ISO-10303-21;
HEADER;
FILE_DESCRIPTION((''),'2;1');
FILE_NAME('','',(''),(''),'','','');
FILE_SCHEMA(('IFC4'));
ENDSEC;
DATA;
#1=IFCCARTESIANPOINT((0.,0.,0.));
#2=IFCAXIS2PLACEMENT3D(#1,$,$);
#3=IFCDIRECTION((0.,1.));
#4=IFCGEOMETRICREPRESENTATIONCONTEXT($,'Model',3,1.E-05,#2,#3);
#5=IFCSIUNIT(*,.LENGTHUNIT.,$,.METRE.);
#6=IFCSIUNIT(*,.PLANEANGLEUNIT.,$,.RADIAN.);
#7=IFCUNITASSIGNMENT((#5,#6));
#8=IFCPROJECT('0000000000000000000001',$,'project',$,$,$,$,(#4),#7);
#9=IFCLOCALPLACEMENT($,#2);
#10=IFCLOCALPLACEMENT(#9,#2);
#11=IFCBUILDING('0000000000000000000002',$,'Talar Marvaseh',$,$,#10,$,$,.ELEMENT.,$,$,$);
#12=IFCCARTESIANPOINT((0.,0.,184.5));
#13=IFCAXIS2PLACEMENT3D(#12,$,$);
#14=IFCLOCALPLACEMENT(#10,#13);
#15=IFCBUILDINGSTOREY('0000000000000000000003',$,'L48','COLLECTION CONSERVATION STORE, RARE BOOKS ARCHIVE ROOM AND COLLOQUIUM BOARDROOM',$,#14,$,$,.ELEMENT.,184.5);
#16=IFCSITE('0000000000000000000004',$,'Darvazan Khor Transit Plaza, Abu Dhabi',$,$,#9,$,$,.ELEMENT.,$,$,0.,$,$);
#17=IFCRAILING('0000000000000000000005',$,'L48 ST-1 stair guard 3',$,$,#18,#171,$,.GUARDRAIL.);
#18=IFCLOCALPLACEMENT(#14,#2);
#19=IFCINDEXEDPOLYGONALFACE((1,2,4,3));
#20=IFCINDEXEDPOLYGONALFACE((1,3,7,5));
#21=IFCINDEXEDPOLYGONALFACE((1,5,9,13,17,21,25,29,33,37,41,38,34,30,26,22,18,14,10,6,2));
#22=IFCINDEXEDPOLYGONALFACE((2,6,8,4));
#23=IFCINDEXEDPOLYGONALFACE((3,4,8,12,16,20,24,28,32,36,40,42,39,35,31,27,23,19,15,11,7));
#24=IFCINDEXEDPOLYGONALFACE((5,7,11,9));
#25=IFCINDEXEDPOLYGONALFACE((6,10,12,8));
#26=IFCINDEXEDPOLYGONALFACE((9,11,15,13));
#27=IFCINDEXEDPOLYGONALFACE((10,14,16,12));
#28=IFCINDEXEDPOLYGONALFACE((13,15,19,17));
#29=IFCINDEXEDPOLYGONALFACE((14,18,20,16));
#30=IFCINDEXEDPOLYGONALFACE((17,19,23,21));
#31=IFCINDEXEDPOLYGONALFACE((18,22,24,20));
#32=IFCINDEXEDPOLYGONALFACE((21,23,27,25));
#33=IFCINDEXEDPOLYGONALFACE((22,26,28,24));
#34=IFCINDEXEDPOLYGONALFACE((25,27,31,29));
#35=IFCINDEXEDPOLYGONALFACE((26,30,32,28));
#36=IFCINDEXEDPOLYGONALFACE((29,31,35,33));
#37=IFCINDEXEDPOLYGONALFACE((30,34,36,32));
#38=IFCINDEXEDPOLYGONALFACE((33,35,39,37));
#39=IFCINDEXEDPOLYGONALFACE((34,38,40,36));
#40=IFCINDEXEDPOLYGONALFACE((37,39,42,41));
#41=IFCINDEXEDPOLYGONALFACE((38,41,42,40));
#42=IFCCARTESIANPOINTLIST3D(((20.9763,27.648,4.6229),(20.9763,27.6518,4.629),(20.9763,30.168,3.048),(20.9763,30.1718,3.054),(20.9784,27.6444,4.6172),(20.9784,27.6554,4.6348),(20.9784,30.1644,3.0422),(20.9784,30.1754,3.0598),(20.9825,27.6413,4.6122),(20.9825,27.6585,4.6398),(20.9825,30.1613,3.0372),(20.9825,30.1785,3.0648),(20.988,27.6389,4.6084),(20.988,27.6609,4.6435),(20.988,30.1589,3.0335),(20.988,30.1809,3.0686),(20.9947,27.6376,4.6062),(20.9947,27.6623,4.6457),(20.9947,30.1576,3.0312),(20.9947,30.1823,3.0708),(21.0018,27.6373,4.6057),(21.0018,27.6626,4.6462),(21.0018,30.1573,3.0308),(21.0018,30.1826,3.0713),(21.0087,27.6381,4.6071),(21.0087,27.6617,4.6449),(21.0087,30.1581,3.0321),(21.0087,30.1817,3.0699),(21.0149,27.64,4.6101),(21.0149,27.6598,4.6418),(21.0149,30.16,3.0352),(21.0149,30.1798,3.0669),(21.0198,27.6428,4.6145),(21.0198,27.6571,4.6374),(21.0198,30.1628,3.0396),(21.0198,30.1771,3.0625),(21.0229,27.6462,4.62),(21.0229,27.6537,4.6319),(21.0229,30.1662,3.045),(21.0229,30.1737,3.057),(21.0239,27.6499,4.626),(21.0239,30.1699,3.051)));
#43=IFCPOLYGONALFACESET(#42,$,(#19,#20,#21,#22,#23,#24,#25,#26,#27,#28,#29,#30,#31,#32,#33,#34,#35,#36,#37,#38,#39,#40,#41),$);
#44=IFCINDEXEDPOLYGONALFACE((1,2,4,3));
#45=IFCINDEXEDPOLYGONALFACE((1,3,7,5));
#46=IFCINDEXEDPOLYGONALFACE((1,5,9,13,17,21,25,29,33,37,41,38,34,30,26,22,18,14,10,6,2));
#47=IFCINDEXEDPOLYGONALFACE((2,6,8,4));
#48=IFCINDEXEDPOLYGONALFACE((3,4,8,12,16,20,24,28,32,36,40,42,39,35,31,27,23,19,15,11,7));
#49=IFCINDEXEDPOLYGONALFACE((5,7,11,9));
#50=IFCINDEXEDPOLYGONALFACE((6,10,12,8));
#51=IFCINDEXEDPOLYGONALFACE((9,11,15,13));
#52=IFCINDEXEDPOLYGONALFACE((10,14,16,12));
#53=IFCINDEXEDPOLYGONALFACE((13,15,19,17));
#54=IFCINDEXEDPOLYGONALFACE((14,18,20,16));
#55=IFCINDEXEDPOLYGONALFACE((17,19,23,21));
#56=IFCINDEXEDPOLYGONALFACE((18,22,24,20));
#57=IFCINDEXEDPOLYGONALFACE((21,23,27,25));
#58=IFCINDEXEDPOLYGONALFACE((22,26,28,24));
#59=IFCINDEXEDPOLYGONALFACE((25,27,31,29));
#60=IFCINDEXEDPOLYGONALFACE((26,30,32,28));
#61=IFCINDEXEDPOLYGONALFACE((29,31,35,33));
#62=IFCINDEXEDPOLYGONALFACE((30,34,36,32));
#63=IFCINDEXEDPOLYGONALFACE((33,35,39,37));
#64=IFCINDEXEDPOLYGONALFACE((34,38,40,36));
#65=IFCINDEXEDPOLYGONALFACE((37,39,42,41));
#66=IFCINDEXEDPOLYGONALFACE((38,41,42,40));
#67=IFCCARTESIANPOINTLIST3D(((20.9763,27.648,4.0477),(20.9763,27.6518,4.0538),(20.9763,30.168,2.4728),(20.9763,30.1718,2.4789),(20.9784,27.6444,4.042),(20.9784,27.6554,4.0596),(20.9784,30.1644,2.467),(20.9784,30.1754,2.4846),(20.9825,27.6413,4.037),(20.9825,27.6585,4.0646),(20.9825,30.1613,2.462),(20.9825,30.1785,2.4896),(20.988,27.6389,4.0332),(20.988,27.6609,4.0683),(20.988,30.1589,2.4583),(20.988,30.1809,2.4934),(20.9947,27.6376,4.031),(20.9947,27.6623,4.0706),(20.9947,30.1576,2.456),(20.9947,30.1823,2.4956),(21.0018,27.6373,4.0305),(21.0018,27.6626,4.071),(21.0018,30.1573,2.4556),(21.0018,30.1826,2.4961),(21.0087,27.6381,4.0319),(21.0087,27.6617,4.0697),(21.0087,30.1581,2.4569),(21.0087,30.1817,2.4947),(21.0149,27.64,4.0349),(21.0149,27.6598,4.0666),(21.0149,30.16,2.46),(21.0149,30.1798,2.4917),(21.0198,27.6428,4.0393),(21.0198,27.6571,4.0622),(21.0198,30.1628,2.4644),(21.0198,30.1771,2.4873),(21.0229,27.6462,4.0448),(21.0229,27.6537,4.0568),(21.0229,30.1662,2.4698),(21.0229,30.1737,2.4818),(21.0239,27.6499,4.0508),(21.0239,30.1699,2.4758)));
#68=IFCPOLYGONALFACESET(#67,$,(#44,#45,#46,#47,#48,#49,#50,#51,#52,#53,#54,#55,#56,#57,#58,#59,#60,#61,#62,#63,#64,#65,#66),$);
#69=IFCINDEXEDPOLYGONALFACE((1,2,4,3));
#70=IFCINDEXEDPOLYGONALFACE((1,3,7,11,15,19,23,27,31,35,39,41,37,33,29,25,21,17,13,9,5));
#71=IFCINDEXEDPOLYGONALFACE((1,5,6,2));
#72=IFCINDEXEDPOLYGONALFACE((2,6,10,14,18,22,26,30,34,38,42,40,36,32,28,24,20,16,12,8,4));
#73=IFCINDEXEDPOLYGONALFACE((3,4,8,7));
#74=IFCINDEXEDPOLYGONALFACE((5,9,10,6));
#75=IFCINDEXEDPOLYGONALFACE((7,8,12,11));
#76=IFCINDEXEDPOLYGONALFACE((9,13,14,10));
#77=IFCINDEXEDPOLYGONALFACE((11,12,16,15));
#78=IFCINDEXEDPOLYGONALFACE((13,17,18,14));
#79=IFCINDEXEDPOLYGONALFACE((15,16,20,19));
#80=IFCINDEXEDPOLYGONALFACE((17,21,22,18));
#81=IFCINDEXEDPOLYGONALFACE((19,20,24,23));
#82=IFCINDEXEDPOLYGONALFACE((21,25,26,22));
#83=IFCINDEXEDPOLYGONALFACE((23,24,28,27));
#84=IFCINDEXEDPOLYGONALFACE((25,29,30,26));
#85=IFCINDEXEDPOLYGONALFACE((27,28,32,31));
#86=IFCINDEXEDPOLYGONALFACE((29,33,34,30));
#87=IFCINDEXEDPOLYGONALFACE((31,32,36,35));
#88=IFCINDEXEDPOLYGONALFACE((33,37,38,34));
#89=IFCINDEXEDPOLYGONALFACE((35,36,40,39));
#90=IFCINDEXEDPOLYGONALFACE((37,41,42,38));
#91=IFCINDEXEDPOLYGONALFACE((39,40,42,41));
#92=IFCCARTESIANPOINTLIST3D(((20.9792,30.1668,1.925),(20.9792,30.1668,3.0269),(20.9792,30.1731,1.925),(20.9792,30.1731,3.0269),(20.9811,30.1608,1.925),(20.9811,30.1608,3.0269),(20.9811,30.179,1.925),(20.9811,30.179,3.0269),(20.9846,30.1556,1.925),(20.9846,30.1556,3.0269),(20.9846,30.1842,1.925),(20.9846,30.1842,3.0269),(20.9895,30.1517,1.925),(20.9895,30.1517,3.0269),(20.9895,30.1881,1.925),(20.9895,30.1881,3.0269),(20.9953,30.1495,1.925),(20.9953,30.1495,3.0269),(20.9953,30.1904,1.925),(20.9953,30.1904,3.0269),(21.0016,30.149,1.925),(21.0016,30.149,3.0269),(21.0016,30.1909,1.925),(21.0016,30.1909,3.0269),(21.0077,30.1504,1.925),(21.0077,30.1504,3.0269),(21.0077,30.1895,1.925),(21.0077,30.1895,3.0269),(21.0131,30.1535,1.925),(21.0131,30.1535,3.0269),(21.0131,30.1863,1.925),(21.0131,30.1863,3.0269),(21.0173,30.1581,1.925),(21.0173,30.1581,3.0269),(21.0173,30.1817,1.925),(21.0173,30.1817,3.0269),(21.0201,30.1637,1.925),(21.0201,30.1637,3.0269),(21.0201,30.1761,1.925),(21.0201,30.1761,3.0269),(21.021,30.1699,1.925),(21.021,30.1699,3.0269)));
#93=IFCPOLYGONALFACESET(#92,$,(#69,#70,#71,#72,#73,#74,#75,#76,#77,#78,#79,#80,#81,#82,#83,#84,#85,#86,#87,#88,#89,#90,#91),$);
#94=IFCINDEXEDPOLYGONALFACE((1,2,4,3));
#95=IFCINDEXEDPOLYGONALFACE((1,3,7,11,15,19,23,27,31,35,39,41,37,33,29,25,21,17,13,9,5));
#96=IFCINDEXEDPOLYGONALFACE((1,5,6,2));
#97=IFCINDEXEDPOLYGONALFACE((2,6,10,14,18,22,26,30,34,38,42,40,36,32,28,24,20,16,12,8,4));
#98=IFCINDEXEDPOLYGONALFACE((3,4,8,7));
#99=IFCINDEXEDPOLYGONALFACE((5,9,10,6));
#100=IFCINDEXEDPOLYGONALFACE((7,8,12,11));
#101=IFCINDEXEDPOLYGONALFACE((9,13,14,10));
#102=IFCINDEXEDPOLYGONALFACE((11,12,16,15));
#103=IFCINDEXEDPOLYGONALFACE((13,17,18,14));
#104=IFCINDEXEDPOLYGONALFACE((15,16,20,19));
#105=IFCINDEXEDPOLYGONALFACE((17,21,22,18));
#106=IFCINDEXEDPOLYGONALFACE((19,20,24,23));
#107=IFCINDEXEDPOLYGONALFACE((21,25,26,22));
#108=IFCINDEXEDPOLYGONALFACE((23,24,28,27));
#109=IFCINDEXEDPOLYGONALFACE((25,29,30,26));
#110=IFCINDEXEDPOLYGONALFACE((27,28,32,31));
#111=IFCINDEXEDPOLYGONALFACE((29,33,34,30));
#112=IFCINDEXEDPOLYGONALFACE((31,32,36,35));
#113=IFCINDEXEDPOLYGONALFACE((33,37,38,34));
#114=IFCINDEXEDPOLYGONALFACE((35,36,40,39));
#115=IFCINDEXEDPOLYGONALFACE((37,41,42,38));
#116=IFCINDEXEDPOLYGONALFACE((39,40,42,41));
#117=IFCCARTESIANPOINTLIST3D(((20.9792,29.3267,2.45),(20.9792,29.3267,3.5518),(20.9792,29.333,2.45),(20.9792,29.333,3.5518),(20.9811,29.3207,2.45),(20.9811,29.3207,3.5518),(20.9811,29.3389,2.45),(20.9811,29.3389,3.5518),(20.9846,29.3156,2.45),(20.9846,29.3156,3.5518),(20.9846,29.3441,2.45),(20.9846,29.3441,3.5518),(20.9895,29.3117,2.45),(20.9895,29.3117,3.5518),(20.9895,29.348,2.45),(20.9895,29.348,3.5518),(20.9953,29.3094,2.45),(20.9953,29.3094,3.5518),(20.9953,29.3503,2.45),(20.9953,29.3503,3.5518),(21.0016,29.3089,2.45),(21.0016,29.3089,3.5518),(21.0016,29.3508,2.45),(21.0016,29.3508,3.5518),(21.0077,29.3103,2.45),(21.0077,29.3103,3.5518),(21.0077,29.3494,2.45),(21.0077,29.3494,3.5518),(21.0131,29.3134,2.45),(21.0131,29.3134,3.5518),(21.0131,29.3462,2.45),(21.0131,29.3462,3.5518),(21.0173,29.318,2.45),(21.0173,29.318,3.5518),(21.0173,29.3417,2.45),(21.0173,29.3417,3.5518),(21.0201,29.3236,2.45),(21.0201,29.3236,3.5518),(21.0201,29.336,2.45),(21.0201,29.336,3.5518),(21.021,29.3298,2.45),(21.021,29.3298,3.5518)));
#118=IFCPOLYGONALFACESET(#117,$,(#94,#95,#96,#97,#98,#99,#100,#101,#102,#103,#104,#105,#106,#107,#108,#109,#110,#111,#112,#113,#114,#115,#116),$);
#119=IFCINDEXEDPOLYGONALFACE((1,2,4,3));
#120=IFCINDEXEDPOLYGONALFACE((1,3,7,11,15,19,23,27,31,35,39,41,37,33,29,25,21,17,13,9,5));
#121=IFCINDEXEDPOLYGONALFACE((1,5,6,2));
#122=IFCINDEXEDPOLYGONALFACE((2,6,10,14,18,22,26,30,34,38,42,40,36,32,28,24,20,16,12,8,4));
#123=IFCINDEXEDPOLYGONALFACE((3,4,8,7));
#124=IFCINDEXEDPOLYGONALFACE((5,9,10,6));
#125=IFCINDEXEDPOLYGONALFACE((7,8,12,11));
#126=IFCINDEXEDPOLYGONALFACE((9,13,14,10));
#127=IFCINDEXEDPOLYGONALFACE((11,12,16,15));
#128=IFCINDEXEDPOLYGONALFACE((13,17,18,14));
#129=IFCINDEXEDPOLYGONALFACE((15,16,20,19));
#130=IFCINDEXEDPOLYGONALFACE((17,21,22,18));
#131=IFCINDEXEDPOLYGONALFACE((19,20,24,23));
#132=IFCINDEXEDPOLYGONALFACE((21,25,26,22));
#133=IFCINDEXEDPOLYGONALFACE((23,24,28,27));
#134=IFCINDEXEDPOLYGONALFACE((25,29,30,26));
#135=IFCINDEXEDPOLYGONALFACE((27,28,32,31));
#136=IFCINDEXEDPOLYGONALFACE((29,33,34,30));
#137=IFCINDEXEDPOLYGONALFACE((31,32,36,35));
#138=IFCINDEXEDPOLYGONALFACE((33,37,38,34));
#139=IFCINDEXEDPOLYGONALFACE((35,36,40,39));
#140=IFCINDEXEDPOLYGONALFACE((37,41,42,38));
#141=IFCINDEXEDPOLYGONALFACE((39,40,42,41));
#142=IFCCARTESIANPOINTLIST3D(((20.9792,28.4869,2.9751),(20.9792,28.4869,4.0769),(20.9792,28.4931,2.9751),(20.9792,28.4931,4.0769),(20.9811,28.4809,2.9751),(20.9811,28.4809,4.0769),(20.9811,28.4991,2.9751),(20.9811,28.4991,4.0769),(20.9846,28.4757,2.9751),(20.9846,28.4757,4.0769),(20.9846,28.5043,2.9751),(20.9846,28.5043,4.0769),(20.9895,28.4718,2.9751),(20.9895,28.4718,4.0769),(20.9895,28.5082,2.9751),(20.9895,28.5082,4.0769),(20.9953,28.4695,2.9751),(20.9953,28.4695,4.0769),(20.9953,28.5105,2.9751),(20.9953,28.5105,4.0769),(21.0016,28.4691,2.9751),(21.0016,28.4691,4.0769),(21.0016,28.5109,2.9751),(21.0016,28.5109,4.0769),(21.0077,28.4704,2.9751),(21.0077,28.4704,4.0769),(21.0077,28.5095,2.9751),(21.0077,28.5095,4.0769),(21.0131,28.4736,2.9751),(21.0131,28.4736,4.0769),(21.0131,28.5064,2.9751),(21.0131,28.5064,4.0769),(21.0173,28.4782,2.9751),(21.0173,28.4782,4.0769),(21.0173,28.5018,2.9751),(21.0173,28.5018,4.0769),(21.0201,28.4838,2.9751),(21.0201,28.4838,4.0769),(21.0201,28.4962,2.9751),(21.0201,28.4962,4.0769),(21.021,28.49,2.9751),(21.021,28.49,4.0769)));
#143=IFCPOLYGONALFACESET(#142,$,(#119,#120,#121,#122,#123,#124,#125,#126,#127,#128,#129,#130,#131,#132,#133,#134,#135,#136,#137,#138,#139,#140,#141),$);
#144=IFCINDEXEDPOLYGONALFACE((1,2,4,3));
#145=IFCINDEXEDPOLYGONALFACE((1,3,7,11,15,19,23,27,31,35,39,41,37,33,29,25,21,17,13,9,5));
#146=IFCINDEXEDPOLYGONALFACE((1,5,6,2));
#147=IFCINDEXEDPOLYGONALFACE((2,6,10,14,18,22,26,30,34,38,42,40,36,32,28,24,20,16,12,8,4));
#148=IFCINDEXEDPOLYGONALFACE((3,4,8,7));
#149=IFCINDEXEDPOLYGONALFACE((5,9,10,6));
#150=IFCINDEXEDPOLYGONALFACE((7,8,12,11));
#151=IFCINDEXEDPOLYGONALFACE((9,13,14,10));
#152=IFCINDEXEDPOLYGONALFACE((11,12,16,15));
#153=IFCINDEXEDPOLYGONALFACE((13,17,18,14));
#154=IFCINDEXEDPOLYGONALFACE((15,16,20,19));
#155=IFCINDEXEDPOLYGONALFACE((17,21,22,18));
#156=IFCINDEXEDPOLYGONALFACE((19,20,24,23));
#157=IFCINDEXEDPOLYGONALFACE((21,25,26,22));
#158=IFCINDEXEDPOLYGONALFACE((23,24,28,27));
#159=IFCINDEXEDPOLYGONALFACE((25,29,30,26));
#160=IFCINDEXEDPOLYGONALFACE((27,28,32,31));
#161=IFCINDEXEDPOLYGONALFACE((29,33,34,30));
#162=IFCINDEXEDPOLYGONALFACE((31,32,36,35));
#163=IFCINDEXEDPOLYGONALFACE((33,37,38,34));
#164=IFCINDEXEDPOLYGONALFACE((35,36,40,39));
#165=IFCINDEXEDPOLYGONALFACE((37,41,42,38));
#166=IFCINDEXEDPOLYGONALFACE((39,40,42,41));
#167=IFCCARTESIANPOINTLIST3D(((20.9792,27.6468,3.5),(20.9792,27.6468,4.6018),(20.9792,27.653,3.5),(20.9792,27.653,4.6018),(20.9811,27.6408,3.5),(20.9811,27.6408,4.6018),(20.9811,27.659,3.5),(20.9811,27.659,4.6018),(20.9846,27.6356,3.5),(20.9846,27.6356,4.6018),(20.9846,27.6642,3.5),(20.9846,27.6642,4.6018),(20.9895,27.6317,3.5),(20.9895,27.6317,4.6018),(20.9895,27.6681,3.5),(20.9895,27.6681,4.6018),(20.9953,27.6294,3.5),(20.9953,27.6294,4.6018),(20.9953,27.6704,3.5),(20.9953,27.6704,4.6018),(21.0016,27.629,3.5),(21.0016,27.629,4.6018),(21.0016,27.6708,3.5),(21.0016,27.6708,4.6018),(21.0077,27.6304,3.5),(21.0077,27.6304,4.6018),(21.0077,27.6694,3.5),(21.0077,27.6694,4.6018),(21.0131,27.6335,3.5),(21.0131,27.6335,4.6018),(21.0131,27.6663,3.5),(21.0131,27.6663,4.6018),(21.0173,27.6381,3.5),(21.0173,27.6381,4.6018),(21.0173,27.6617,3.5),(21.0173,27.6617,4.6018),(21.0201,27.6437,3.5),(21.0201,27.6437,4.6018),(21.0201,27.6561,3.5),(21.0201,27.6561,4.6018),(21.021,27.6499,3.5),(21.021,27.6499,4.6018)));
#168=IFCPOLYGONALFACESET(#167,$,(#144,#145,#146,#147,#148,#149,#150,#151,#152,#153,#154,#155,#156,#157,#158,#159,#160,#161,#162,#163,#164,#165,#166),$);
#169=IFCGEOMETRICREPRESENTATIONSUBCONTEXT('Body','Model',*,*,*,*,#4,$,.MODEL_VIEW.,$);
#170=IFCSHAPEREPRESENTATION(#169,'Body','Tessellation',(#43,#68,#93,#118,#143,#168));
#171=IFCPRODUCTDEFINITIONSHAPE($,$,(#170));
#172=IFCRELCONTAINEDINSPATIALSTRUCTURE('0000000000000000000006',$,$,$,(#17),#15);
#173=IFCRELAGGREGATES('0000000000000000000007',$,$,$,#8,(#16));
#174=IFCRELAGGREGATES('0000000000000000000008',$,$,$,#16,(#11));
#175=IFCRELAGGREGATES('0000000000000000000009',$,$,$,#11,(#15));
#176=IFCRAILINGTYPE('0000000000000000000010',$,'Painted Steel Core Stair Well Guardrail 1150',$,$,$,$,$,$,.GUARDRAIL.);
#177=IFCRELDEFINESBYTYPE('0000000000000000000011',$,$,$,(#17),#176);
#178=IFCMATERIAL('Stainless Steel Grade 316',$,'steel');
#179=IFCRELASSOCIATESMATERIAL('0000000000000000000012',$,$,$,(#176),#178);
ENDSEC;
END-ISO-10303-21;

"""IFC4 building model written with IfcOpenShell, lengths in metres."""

from ifc_helpers import new_model, si_unit, direction, frame, origin, origin_2d, place, context, subcontext, project, spatial, circle, extrude, material, type_object, element, save


model = new_model("IFC4")

# Units and contexts
model_context = context("Model", 3, precision=1e-05, world=origin(), true_north=direction((0.0, 1.0)))
body_context = subcontext(model_context, "Body", "Model", "MODEL_VIEW")
ifc_project = project(units=[si_unit("LENGTHUNIT", "METRE"), si_unit("PLANEANGLEUNIT", "RADIAN")], contexts=[model_context])

# Site, building, storey
site_placement = place(None, origin())
site = spatial("IfcSite", under=ifc_project, at=site_placement, Name="Darvazan Khor Transit Plaza, Abu Dhabi", CompositionType="ELEMENT", RefElevation=0.0)
building_placement = place(site_placement, origin())
building = spatial("IfcBuilding", under=site, at=building_placement, Name="Talar Marvaseh", CompositionType="ELEMENT")
storey_placement = place(building_placement, frame((0.0, 0.0, 184.5)))
storey = spatial("IfcBuildingStorey", under=building, at=storey_placement, Name="L48", Description="COLLECTION CONSERVATION STORE, RARE BOOKS ARCHIVE ROOM AND COLLOQUIUM BOARDROOM", CompositionType="ELEMENT", Elevation=184.5)

# Railing
ifc_material_1 = material(Name="Stainless Steel Grade 316", Category="steel")
railing_type_1 = type_object("IfcRailingType", Name="Painted Steel Core Stair Well Guardrail 1150", PredefinedType="GUARDRAIL", material=ifc_material_1)
railing_1_placement = place(storey_placement, frame((21.0, 30.1699, 1.925)))
element("IfcRailing", 1, at=railing_1_placement, inside=storey, type_object=railing_type_1, Name="L48 ST-1 stair guard 3", PredefinedType="GUARDRAIL", context=body_context, shape_type="SweptSolid", body=[
    extrude(circle(Radius=0.0239, at=origin_2d()), frame((0.0, 0.0, 1.126), z_axis=(0.0, -0.848008, 0.529984), x_axis=(1.0, 0.0, 0.0)), (0.0, 0.0, 1.0), 2.9717),
    extrude(circle(Radius=0.0239, at=origin_2d()), frame((0.0, 0.0, 0.5508), z_axis=(0.0, -0.848008, 0.529984), x_axis=(1.0, 0.0, 0.0)), (0.0, 0.0, 1.0), 2.9717),
    extrude(circle(Radius=0.021, at=origin_2d()), origin(), (0.0, 0.0, 1.0), 1.1018),
    extrude(circle(Radius=0.021, at=origin_2d()), frame((0.0, -0.8401, 0.5249)), (0.0, 0.0, 1.0), 1.1018),
    extrude(circle(Radius=0.021, at=origin_2d()), frame((0.0, -1.6799, 1.05)), (0.0, 0.0, 1.0), 1.1018),
    extrude(circle(Radius=0.021, at=origin_2d()), frame((0.0, -2.52, 1.575)), (0.0, 0.0, 1.0), 1.1018),
])

save(model, "model.ifc")
